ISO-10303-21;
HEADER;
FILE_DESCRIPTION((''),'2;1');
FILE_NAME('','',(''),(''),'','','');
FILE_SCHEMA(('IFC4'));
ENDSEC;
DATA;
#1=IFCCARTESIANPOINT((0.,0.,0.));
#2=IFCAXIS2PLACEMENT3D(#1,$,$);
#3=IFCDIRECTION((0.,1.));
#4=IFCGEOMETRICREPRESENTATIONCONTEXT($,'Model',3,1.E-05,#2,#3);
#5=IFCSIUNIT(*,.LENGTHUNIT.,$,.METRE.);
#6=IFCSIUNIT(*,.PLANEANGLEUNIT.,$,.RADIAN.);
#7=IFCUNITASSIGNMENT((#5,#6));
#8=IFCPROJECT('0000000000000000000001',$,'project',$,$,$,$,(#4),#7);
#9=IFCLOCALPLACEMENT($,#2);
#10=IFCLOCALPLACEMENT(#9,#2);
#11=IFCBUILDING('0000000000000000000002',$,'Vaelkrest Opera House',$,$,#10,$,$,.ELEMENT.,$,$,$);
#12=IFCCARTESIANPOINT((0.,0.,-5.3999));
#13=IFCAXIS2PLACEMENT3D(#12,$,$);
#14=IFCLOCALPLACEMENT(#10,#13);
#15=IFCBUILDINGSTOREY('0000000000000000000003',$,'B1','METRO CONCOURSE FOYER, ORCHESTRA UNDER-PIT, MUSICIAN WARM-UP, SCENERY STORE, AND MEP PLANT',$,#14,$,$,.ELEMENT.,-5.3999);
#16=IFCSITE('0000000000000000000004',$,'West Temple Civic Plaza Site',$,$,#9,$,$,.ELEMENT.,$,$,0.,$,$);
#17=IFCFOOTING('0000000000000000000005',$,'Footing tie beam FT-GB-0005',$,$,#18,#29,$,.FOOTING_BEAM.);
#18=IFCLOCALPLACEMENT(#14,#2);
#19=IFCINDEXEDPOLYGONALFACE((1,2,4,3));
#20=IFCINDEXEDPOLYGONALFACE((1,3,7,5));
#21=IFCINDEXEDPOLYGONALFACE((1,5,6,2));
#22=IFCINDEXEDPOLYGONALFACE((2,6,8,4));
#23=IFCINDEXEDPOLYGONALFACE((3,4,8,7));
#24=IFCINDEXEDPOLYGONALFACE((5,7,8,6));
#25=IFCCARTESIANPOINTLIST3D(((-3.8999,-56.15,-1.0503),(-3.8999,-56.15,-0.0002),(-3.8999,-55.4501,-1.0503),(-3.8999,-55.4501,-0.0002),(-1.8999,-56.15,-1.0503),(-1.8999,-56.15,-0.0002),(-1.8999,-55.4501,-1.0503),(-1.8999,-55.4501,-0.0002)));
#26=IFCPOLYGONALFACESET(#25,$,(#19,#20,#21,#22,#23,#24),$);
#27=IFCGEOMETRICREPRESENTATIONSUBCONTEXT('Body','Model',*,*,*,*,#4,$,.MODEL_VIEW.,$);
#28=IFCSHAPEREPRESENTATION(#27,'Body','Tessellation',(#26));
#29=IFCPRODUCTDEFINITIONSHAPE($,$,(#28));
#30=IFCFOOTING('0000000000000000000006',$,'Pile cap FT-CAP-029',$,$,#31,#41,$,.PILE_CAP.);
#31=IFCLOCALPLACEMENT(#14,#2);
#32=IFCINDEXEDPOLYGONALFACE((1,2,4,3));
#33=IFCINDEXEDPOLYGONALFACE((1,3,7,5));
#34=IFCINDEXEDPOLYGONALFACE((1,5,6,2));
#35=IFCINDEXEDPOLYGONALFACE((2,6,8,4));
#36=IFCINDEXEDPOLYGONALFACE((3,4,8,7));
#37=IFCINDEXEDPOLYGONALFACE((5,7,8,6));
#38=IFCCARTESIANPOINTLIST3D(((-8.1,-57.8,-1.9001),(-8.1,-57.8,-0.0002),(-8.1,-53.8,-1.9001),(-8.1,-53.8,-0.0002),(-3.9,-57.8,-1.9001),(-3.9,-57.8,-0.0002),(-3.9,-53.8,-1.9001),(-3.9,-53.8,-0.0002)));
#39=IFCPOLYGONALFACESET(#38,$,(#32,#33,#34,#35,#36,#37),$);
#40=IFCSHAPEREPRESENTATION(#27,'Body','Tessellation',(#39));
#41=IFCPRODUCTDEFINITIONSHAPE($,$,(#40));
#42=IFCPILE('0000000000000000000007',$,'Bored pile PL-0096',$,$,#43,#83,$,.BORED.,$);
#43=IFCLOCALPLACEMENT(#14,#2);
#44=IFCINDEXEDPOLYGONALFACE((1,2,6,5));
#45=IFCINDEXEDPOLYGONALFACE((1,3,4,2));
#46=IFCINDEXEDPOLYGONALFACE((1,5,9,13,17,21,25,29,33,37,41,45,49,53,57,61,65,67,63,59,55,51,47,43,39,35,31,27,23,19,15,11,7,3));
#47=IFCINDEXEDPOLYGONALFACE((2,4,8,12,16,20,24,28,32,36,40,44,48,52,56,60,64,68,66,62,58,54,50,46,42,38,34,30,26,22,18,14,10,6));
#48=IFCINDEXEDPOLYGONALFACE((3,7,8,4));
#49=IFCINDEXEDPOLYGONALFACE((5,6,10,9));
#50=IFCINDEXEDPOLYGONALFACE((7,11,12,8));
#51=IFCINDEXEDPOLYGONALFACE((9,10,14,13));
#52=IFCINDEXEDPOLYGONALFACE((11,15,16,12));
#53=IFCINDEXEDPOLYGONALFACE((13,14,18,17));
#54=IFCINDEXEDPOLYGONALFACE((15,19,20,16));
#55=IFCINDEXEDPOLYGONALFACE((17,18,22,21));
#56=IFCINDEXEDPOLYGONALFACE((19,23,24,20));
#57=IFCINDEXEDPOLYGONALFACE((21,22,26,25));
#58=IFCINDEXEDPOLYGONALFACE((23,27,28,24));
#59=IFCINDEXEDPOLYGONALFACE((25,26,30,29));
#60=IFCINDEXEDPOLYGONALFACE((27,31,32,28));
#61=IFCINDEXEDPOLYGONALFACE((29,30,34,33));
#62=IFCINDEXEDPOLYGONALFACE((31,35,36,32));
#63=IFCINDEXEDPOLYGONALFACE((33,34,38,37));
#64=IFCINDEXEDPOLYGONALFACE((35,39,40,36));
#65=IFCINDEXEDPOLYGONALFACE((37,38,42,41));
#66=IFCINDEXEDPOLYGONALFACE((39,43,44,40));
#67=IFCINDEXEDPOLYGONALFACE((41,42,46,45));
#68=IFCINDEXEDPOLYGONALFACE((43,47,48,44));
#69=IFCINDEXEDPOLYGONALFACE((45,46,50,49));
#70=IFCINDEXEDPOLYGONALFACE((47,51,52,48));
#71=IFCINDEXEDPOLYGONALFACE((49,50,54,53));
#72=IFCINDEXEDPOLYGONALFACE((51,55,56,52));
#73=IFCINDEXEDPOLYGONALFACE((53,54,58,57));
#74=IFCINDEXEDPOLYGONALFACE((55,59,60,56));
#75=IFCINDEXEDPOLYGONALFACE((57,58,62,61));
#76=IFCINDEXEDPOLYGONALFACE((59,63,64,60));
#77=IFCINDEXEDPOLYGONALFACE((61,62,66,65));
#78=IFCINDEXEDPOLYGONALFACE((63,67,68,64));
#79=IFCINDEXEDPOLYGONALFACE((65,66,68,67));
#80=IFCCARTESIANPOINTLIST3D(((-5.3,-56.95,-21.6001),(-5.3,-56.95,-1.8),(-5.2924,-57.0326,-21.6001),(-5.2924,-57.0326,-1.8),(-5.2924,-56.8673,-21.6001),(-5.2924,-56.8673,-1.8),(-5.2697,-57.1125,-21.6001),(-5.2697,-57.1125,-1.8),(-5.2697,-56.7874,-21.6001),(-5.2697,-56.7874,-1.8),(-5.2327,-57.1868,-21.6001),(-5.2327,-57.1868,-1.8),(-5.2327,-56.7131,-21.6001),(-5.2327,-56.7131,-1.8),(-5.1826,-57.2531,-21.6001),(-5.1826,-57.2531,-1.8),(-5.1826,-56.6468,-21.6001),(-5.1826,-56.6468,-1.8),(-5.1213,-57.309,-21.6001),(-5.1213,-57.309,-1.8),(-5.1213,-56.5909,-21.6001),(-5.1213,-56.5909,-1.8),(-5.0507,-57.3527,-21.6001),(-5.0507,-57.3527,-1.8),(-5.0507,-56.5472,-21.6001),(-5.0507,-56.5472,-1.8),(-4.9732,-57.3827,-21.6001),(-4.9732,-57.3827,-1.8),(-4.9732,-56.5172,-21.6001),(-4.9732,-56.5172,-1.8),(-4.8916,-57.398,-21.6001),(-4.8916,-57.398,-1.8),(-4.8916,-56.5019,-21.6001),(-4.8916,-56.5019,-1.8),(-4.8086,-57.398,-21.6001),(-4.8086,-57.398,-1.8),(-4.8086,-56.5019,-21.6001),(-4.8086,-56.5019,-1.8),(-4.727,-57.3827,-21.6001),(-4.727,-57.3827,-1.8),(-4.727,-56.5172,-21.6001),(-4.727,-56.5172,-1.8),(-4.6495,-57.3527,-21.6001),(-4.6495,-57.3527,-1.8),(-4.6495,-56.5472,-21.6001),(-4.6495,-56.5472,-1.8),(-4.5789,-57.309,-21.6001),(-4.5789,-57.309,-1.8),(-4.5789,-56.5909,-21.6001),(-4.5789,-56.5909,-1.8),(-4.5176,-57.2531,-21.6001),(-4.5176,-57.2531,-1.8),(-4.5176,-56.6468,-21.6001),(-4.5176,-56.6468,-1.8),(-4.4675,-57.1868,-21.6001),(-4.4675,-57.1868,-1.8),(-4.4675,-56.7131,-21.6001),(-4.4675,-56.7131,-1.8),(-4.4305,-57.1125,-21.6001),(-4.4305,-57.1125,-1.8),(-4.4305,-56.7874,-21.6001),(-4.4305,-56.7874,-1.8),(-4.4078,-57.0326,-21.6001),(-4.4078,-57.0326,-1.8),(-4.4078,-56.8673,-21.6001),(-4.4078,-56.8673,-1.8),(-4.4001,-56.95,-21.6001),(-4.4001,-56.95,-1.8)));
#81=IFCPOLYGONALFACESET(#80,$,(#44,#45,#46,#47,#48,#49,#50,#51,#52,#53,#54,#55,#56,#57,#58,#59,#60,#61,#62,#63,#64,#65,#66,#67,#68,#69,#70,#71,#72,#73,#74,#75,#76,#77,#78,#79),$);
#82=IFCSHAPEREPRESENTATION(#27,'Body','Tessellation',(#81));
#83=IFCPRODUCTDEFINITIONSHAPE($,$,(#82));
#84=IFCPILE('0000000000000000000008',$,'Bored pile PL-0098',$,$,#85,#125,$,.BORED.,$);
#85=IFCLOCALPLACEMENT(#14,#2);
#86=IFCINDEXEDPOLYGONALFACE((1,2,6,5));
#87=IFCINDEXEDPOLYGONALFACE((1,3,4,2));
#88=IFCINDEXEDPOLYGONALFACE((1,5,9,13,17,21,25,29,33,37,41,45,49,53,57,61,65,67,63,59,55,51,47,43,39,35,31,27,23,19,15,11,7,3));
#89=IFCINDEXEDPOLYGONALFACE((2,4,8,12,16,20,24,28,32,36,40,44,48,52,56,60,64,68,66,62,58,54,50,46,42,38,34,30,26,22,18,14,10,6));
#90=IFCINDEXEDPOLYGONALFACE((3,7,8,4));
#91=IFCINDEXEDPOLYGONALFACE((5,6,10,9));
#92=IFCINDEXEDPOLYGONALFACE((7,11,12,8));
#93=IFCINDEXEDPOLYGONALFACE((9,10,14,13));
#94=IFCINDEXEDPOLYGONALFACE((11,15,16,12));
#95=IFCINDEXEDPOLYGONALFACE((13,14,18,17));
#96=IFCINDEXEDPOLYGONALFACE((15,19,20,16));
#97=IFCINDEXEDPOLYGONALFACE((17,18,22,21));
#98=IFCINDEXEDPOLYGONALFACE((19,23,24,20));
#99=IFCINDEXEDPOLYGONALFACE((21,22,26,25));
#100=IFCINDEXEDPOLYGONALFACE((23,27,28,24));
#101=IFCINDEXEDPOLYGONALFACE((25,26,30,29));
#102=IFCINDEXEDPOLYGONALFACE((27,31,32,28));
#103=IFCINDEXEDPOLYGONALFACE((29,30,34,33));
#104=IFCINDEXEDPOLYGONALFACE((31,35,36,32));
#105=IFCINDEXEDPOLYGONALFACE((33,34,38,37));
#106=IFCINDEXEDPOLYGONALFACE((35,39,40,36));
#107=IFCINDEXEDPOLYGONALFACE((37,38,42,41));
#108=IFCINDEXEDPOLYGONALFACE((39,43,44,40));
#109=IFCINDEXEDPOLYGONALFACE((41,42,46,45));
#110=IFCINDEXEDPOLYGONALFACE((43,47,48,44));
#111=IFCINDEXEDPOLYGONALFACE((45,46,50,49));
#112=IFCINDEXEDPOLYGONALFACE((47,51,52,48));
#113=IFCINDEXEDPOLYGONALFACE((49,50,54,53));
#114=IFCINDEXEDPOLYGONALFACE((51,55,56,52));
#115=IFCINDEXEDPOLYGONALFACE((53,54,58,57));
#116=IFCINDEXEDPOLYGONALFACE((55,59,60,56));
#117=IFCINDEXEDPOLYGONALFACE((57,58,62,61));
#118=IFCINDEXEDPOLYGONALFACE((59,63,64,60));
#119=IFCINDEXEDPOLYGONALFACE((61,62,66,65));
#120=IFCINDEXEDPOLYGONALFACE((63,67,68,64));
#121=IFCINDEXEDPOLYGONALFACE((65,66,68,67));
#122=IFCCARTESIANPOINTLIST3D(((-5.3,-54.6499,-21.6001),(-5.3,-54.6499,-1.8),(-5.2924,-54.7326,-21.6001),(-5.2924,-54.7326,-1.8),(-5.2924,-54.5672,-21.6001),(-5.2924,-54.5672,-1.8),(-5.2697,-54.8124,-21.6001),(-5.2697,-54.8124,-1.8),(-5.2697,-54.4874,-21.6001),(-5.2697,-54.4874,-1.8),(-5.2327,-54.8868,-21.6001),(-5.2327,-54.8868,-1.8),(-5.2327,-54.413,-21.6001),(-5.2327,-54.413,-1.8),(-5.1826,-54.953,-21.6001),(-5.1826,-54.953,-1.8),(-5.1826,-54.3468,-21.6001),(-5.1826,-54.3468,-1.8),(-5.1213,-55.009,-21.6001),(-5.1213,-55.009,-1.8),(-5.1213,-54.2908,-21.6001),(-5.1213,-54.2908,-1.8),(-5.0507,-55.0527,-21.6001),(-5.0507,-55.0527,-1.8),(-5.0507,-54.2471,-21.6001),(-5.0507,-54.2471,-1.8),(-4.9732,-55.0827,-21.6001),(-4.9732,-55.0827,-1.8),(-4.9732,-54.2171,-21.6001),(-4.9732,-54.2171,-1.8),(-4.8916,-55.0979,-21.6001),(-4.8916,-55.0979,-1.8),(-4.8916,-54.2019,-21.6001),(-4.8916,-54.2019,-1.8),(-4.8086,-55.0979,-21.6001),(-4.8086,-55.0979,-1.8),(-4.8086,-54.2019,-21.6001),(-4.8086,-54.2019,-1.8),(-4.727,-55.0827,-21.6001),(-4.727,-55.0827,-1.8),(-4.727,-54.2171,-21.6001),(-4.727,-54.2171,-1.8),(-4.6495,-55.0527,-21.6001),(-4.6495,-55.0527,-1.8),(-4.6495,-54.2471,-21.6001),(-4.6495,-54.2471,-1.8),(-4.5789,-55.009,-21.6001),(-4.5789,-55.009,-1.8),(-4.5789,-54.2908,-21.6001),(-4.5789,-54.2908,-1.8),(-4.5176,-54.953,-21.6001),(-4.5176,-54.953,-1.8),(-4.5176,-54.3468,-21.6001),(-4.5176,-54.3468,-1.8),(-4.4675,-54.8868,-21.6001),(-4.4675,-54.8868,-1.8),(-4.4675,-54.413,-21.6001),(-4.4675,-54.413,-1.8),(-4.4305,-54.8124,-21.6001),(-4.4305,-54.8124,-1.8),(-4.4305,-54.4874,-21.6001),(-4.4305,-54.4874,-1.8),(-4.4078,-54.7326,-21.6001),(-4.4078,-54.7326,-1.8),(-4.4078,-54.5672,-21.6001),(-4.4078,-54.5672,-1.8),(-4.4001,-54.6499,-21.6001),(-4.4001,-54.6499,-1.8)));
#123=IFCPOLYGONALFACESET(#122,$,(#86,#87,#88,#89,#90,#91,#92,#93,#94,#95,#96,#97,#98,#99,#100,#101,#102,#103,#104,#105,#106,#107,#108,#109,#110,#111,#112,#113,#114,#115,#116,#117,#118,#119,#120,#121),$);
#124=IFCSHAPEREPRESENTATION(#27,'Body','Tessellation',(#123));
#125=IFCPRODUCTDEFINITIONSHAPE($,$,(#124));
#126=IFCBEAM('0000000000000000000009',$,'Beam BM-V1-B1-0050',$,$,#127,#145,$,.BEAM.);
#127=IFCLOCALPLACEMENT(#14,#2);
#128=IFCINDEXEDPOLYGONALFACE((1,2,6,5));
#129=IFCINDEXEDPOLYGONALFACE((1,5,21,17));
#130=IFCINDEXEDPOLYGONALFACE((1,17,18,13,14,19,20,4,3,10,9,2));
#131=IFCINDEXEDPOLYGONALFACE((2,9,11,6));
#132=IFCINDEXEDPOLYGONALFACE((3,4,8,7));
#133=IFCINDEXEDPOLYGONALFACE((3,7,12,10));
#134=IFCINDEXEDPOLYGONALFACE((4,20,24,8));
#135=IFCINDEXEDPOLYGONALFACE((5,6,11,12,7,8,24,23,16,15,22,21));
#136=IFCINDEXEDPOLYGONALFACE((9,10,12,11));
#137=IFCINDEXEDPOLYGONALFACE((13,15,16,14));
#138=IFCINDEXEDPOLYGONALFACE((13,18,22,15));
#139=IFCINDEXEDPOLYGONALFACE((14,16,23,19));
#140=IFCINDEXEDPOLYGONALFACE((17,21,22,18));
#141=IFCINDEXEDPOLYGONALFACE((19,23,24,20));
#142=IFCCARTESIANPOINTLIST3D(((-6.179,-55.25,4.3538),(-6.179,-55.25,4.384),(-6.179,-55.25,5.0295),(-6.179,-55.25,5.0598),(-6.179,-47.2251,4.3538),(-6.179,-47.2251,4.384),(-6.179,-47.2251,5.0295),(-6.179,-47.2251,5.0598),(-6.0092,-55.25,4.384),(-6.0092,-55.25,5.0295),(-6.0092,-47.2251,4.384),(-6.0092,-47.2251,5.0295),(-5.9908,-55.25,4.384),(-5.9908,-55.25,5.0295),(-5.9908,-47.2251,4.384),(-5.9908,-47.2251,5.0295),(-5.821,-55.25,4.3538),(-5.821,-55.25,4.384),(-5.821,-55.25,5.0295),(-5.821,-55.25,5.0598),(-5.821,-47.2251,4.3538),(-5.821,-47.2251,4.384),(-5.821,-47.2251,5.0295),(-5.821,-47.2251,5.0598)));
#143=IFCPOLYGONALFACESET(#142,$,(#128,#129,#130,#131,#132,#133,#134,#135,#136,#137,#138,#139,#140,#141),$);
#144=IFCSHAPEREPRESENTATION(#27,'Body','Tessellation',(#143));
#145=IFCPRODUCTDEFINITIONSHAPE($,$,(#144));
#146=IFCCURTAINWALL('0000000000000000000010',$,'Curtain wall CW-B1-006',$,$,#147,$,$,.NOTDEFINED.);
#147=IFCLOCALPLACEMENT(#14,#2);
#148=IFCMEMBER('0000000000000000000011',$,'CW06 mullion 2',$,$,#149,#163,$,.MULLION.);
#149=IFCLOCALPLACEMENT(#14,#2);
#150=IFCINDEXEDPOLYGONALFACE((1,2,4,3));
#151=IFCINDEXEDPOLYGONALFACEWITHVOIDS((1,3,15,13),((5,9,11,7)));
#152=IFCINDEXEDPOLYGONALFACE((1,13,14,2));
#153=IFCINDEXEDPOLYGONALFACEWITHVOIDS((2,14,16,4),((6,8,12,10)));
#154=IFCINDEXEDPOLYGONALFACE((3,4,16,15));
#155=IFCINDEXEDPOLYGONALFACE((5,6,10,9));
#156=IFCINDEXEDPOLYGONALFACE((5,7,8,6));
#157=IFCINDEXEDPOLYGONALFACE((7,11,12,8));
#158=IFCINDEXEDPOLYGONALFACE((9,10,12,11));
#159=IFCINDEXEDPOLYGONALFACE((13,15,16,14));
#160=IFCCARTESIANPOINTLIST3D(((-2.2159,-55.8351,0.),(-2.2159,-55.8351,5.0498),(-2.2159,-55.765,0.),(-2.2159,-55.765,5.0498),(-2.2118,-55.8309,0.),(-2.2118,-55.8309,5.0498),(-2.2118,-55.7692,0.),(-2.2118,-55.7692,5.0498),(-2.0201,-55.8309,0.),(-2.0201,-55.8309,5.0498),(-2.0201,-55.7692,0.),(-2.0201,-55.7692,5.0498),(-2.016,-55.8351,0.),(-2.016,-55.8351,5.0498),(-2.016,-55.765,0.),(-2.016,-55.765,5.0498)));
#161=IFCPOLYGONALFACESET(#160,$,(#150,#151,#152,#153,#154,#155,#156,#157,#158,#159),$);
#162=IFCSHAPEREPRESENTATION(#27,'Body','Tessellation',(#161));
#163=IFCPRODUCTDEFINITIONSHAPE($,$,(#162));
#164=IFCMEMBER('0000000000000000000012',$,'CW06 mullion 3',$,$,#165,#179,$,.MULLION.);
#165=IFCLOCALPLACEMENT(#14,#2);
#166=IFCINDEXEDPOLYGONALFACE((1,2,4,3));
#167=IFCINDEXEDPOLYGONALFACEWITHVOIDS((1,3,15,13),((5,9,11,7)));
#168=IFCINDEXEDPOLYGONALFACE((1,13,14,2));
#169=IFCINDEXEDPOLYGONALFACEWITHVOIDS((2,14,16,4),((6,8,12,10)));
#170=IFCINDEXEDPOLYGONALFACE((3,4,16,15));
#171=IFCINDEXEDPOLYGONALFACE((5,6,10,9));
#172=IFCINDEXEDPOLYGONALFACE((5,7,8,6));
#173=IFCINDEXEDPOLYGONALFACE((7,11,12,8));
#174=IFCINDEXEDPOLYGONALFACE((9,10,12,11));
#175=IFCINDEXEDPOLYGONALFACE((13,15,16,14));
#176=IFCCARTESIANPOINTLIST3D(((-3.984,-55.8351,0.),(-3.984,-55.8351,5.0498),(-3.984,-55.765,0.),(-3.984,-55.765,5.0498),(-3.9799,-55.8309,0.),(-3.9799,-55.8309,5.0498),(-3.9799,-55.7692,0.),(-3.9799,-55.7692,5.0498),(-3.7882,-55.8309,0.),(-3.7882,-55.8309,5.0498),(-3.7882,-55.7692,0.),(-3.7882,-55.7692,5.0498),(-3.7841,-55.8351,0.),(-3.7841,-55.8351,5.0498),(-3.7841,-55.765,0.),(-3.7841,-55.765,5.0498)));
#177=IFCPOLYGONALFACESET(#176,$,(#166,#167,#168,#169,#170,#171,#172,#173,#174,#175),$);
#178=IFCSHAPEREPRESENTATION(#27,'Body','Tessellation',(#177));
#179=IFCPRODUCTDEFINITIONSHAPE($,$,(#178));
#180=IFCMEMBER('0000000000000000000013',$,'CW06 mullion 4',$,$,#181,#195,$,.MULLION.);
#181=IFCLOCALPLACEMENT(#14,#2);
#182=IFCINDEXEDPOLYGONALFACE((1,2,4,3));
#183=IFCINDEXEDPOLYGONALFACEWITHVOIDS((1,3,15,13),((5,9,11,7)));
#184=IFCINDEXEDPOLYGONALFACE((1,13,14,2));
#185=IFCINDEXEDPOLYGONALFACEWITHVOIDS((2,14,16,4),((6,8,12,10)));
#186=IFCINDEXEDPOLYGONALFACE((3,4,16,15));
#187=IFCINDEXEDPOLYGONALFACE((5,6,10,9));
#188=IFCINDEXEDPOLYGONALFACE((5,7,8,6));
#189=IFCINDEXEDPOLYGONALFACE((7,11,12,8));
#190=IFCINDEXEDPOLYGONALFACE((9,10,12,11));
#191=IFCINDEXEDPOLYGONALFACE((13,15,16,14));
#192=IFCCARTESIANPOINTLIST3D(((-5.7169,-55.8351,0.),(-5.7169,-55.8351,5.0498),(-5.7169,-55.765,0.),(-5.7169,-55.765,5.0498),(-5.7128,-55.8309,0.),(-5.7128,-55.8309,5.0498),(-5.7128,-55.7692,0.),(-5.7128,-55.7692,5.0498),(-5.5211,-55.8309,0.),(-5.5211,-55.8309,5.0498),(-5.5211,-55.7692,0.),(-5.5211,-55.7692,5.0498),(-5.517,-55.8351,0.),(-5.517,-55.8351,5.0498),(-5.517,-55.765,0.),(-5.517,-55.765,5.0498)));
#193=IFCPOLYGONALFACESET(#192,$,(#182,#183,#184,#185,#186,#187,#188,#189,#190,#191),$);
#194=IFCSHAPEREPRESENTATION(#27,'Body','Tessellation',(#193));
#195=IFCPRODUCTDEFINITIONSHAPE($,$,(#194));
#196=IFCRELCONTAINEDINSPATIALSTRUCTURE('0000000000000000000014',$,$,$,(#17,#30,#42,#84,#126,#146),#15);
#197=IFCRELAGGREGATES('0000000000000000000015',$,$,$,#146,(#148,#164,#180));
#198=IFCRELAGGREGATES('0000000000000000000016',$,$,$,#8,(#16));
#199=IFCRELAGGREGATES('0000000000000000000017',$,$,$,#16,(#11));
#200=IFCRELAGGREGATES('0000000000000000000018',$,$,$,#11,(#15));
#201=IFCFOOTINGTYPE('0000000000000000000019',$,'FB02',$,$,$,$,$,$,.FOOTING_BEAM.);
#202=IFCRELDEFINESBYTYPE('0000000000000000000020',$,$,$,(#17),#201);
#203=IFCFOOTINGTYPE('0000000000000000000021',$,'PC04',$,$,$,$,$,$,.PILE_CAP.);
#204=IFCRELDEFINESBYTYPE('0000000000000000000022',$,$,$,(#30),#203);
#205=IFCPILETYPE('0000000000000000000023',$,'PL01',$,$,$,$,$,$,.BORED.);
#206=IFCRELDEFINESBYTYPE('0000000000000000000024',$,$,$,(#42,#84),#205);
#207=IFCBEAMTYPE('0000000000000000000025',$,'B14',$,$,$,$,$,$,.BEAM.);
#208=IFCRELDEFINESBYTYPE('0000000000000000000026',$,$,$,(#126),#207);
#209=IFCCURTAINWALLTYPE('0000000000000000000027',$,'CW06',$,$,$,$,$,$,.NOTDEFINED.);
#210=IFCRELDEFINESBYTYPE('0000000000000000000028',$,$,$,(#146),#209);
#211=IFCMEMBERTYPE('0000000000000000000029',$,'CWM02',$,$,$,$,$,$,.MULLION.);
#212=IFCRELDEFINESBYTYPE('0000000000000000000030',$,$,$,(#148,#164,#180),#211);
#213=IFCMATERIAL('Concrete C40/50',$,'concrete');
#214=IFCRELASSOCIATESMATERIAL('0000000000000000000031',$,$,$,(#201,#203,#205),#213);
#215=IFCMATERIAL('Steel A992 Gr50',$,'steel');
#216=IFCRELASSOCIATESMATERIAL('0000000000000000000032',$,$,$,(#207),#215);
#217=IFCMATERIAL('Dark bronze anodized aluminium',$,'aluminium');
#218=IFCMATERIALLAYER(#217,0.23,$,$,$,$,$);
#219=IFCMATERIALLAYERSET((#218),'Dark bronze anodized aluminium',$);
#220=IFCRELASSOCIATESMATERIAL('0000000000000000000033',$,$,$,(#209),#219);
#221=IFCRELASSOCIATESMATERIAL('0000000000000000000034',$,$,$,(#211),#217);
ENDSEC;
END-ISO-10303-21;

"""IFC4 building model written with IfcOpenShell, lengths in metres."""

from ifc_helpers import new_model, si_unit, direction, frame, origin, origin_2d, place, context, subcontext, project, spatial, rectangle, hollow_rectangle, circle, i_section, extrude, material, layer, layer_set, material_profile, profile_set, type_object, element, aggregate, save


model = new_model("IFC4")

# Units and contexts
model_context = context("Model", 3, precision=1e-05, world=origin(), true_north=direction((0.0, 1.0)))
body_context = subcontext(model_context, "Body", "Model", "MODEL_VIEW")
ifc_project = project(units=[si_unit("LENGTHUNIT", "METRE"), si_unit("PLANEANGLEUNIT", "RADIAN")], contexts=[model_context])

# Site, building, storey
site_placement = place(None, origin())
site = spatial("IfcSite", under=ifc_project, at=site_placement, Name="West Temple Civic Plaza Site", CompositionType="ELEMENT", RefElevation=0.0)
building_placement = place(site_placement, origin())
building = spatial("IfcBuilding", under=site, at=building_placement, Name="Vaelkrest Opera House", CompositionType="ELEMENT")
storey_placement = place(building_placement, frame((0.0, 0.0, -5.3999)))
storey = spatial("IfcBuildingStorey", under=building, at=storey_placement, Name="B1", Description="METRO CONCOURSE FOYER, ORCHESTRA UNDER-PIT, MUSICIAN WARM-UP, SCENERY STORE, AND MEP PLANT", CompositionType="ELEMENT", Elevation=-5.3999)

# Footings
ifc_material_1 = material(Name="Concrete C40/50", Category="concrete")
footing_type_1 = type_object("IfcFootingType", Name="FB02", PredefinedType="FOOTING_BEAM", material=ifc_material_1)
footing_1_placement = place(storey_placement, frame((-2.8999, -55.8, -1.0503), z_axis=(0.0, 0.0, 1.0), x_axis=(1.0, 0.0, 0.0)))
element("IfcFooting", 1, at=footing_1_placement, inside=storey, type_object=footing_type_1, Name="Footing tie beam FT-GB-0005", PredefinedType="FOOTING_BEAM", context=body_context, shape_type="SweptSolid", body=[
    extrude(rectangle(XDim=2.0, YDim=0.7, at=origin_2d()), origin(), (0.0, 0.0, 1.0), 1.05),
])
footing_type_2 = type_object("IfcFootingType", Name="PC04", PredefinedType="PILE_CAP", material=ifc_material_1)
footing_2_placement = place(storey_placement, frame((-6.0, -55.8, -1.9001), z_axis=(0.0, 0.0, 1.0), x_axis=(1.0, 0.0, 0.0)))
element("IfcFooting", 2, at=footing_2_placement, inside=storey, type_object=footing_type_2, Name="Pile cap FT-CAP-029", PredefinedType="PILE_CAP", context=body_context, shape_type="SweptSolid", body=[
    extrude(rectangle(XDim=4.2, YDim=4.0, at=origin_2d()), origin(), (0.0, 0.0, 1.0), 1.8999),
])

# Piles
ifc_material_profile_1 = material_profile(ifc_material_1, circle(Radius=0.45, at=origin_2d()), Name="PILE900")
ifc_profile_set_1 = profile_set([ifc_material_profile_1], Name="Concrete C40/50")
pile_type = type_object("IfcPileType", Name="PL01", PredefinedType="BORED", material=ifc_profile_set_1)
for number, where, z_axis, x_axis, name in (
    (3, (-4.8501, -56.95, -1.8), (0.0, 0.0, -1.0), (1.0, 0.0, 0.0), "Bored pile PL-0096"),
    (4, (-4.8501, -54.6499, -1.8), (0.0, 0.0, -1.0), (1.0, 0.0, 0.0), "Bored pile PL-0098"),
):
    element("IfcPile", number, at=place(storey_placement, frame(where, z_axis=z_axis, x_axis=x_axis)), inside=storey, type_object=pile_type, Name=name, PredefinedType="BORED", context=body_context, shape_type="SweptSolid", body=[
        extrude(circle(Radius=0.45, at=origin_2d()), origin(), (0.0, 0.0, 1.0), 19.8),
    ])

# Beam
ifc_material_2 = material(Name="Steel A992 Gr50", Category="steel")
ifc_material_profile_2 = material_profile(ifc_material_2, i_section(OverallWidth=0.3579, OverallDepth=0.7061, WebThickness=0.0183, FlangeThickness=0.0303, at=origin_2d()), Name="W27X178")
ifc_profile_set_2 = profile_set([ifc_material_profile_2], Name="Steel A992 Gr50")
beam_type = type_object("IfcBeamType", Name="B14", PredefinedType="BEAM", material=ifc_profile_set_2)
beam_placement = place(storey_placement, frame((-6.0, -55.25, 4.7068), z_axis=(0.0, 1.0, 0.0), x_axis=(-1.0, 0.0, 0.0)))
element("IfcBeam", 5, at=beam_placement, inside=storey, type_object=beam_type, Name="Beam BM-V1-B1-0050", PredefinedType="BEAM", context=body_context, shape_type="SweptSolid", body=[
    extrude(i_section(OverallWidth=0.3579, OverallDepth=0.7061, WebThickness=0.0183, FlangeThickness=0.0303, at=origin_2d()), origin(), (0.0, 0.0, 1.0), 8.0249),
])

# Curtain wall, members
ifc_material_3 = material(Name="Dark bronze anodized aluminium", Category="aluminium")
ifc_layer_1 = layer(ifc_material_3, 0.23)
ifc_layer_set_1 = layer_set([ifc_layer_1], Name="Dark bronze anodized aluminium")
curtain_wall_type = type_object("IfcCurtainWallType", Name="CW06", PredefinedType="NOTDEFINED", material=ifc_layer_set_1)
curtain_wall_placement = place(storey_placement, origin())
curtain_wall = element("IfcCurtainWall", 6, at=curtain_wall_placement, inside=storey, type_object=curtain_wall_type, Name="Curtain wall CW-B1-006", PredefinedType="NOTDEFINED")
ifc_material_profile_3 = material_profile(ifc_material_3, hollow_rectangle(XDim=0.0701, YDim=0.2, WallThickness=0.0042, at=origin_2d()), Name="CWM70X200")
ifc_profile_set_3 = profile_set([ifc_material_profile_3], Name="Dark bronze anodized aluminium")
member_type_1 = type_object("IfcMemberType", Name="CWM02", PredefinedType="MULLION", material=ifc_profile_set_3)
member_1_placement = place(storey_placement, frame((-2.116, -55.8, 0.0), z_axis=(0.0, 0.0, 1.0), x_axis=(0.0, -1.0, 0.0)))
member_1 = element("IfcMember", 7, at=member_1_placement, type_object=member_type_1, Name="CW06 mullion 2", PredefinedType="MULLION", context=body_context, shape_type="SweptSolid", body=[
    extrude(hollow_rectangle(XDim=0.0701, YDim=0.2, WallThickness=0.0042, at=origin_2d()), origin(), (0.0, 0.0, 1.0), 5.0498),
])
member_2_placement = place(storey_placement, frame((-3.884, -55.8, 0.0), z_axis=(0.0, 0.0, 1.0), x_axis=(0.0, -1.0, 0.0)))
member_2 = element("IfcMember", 8, at=member_2_placement, type_object=member_type_1, Name="CW06 mullion 3", PredefinedType="MULLION", context=body_context, shape_type="SweptSolid", body=[
    extrude(hollow_rectangle(XDim=0.0701, YDim=0.2, WallThickness=0.0042, at=origin_2d()), origin(), (0.0, 0.0, 1.0), 5.0498),
])
member_3_placement = place(storey_placement, frame((-5.6169, -55.8, 0.0), z_axis=(0.0, 0.0, 1.0), x_axis=(0.0, -1.0, 0.0)))
member_3 = element("IfcMember", 9, at=member_3_placement, type_object=member_type_1, Name="CW06 mullion 4", PredefinedType="MULLION", context=body_context, shape_type="SweptSolid", body=[
    extrude(hollow_rectangle(XDim=0.0701, YDim=0.2, WallThickness=0.0042, at=origin_2d()), origin(), (0.0, 0.0, 1.0), 5.0498),
])
aggregate(curtain_wall, [member_1, member_2, member_3])

save(model, "model.ifc")
